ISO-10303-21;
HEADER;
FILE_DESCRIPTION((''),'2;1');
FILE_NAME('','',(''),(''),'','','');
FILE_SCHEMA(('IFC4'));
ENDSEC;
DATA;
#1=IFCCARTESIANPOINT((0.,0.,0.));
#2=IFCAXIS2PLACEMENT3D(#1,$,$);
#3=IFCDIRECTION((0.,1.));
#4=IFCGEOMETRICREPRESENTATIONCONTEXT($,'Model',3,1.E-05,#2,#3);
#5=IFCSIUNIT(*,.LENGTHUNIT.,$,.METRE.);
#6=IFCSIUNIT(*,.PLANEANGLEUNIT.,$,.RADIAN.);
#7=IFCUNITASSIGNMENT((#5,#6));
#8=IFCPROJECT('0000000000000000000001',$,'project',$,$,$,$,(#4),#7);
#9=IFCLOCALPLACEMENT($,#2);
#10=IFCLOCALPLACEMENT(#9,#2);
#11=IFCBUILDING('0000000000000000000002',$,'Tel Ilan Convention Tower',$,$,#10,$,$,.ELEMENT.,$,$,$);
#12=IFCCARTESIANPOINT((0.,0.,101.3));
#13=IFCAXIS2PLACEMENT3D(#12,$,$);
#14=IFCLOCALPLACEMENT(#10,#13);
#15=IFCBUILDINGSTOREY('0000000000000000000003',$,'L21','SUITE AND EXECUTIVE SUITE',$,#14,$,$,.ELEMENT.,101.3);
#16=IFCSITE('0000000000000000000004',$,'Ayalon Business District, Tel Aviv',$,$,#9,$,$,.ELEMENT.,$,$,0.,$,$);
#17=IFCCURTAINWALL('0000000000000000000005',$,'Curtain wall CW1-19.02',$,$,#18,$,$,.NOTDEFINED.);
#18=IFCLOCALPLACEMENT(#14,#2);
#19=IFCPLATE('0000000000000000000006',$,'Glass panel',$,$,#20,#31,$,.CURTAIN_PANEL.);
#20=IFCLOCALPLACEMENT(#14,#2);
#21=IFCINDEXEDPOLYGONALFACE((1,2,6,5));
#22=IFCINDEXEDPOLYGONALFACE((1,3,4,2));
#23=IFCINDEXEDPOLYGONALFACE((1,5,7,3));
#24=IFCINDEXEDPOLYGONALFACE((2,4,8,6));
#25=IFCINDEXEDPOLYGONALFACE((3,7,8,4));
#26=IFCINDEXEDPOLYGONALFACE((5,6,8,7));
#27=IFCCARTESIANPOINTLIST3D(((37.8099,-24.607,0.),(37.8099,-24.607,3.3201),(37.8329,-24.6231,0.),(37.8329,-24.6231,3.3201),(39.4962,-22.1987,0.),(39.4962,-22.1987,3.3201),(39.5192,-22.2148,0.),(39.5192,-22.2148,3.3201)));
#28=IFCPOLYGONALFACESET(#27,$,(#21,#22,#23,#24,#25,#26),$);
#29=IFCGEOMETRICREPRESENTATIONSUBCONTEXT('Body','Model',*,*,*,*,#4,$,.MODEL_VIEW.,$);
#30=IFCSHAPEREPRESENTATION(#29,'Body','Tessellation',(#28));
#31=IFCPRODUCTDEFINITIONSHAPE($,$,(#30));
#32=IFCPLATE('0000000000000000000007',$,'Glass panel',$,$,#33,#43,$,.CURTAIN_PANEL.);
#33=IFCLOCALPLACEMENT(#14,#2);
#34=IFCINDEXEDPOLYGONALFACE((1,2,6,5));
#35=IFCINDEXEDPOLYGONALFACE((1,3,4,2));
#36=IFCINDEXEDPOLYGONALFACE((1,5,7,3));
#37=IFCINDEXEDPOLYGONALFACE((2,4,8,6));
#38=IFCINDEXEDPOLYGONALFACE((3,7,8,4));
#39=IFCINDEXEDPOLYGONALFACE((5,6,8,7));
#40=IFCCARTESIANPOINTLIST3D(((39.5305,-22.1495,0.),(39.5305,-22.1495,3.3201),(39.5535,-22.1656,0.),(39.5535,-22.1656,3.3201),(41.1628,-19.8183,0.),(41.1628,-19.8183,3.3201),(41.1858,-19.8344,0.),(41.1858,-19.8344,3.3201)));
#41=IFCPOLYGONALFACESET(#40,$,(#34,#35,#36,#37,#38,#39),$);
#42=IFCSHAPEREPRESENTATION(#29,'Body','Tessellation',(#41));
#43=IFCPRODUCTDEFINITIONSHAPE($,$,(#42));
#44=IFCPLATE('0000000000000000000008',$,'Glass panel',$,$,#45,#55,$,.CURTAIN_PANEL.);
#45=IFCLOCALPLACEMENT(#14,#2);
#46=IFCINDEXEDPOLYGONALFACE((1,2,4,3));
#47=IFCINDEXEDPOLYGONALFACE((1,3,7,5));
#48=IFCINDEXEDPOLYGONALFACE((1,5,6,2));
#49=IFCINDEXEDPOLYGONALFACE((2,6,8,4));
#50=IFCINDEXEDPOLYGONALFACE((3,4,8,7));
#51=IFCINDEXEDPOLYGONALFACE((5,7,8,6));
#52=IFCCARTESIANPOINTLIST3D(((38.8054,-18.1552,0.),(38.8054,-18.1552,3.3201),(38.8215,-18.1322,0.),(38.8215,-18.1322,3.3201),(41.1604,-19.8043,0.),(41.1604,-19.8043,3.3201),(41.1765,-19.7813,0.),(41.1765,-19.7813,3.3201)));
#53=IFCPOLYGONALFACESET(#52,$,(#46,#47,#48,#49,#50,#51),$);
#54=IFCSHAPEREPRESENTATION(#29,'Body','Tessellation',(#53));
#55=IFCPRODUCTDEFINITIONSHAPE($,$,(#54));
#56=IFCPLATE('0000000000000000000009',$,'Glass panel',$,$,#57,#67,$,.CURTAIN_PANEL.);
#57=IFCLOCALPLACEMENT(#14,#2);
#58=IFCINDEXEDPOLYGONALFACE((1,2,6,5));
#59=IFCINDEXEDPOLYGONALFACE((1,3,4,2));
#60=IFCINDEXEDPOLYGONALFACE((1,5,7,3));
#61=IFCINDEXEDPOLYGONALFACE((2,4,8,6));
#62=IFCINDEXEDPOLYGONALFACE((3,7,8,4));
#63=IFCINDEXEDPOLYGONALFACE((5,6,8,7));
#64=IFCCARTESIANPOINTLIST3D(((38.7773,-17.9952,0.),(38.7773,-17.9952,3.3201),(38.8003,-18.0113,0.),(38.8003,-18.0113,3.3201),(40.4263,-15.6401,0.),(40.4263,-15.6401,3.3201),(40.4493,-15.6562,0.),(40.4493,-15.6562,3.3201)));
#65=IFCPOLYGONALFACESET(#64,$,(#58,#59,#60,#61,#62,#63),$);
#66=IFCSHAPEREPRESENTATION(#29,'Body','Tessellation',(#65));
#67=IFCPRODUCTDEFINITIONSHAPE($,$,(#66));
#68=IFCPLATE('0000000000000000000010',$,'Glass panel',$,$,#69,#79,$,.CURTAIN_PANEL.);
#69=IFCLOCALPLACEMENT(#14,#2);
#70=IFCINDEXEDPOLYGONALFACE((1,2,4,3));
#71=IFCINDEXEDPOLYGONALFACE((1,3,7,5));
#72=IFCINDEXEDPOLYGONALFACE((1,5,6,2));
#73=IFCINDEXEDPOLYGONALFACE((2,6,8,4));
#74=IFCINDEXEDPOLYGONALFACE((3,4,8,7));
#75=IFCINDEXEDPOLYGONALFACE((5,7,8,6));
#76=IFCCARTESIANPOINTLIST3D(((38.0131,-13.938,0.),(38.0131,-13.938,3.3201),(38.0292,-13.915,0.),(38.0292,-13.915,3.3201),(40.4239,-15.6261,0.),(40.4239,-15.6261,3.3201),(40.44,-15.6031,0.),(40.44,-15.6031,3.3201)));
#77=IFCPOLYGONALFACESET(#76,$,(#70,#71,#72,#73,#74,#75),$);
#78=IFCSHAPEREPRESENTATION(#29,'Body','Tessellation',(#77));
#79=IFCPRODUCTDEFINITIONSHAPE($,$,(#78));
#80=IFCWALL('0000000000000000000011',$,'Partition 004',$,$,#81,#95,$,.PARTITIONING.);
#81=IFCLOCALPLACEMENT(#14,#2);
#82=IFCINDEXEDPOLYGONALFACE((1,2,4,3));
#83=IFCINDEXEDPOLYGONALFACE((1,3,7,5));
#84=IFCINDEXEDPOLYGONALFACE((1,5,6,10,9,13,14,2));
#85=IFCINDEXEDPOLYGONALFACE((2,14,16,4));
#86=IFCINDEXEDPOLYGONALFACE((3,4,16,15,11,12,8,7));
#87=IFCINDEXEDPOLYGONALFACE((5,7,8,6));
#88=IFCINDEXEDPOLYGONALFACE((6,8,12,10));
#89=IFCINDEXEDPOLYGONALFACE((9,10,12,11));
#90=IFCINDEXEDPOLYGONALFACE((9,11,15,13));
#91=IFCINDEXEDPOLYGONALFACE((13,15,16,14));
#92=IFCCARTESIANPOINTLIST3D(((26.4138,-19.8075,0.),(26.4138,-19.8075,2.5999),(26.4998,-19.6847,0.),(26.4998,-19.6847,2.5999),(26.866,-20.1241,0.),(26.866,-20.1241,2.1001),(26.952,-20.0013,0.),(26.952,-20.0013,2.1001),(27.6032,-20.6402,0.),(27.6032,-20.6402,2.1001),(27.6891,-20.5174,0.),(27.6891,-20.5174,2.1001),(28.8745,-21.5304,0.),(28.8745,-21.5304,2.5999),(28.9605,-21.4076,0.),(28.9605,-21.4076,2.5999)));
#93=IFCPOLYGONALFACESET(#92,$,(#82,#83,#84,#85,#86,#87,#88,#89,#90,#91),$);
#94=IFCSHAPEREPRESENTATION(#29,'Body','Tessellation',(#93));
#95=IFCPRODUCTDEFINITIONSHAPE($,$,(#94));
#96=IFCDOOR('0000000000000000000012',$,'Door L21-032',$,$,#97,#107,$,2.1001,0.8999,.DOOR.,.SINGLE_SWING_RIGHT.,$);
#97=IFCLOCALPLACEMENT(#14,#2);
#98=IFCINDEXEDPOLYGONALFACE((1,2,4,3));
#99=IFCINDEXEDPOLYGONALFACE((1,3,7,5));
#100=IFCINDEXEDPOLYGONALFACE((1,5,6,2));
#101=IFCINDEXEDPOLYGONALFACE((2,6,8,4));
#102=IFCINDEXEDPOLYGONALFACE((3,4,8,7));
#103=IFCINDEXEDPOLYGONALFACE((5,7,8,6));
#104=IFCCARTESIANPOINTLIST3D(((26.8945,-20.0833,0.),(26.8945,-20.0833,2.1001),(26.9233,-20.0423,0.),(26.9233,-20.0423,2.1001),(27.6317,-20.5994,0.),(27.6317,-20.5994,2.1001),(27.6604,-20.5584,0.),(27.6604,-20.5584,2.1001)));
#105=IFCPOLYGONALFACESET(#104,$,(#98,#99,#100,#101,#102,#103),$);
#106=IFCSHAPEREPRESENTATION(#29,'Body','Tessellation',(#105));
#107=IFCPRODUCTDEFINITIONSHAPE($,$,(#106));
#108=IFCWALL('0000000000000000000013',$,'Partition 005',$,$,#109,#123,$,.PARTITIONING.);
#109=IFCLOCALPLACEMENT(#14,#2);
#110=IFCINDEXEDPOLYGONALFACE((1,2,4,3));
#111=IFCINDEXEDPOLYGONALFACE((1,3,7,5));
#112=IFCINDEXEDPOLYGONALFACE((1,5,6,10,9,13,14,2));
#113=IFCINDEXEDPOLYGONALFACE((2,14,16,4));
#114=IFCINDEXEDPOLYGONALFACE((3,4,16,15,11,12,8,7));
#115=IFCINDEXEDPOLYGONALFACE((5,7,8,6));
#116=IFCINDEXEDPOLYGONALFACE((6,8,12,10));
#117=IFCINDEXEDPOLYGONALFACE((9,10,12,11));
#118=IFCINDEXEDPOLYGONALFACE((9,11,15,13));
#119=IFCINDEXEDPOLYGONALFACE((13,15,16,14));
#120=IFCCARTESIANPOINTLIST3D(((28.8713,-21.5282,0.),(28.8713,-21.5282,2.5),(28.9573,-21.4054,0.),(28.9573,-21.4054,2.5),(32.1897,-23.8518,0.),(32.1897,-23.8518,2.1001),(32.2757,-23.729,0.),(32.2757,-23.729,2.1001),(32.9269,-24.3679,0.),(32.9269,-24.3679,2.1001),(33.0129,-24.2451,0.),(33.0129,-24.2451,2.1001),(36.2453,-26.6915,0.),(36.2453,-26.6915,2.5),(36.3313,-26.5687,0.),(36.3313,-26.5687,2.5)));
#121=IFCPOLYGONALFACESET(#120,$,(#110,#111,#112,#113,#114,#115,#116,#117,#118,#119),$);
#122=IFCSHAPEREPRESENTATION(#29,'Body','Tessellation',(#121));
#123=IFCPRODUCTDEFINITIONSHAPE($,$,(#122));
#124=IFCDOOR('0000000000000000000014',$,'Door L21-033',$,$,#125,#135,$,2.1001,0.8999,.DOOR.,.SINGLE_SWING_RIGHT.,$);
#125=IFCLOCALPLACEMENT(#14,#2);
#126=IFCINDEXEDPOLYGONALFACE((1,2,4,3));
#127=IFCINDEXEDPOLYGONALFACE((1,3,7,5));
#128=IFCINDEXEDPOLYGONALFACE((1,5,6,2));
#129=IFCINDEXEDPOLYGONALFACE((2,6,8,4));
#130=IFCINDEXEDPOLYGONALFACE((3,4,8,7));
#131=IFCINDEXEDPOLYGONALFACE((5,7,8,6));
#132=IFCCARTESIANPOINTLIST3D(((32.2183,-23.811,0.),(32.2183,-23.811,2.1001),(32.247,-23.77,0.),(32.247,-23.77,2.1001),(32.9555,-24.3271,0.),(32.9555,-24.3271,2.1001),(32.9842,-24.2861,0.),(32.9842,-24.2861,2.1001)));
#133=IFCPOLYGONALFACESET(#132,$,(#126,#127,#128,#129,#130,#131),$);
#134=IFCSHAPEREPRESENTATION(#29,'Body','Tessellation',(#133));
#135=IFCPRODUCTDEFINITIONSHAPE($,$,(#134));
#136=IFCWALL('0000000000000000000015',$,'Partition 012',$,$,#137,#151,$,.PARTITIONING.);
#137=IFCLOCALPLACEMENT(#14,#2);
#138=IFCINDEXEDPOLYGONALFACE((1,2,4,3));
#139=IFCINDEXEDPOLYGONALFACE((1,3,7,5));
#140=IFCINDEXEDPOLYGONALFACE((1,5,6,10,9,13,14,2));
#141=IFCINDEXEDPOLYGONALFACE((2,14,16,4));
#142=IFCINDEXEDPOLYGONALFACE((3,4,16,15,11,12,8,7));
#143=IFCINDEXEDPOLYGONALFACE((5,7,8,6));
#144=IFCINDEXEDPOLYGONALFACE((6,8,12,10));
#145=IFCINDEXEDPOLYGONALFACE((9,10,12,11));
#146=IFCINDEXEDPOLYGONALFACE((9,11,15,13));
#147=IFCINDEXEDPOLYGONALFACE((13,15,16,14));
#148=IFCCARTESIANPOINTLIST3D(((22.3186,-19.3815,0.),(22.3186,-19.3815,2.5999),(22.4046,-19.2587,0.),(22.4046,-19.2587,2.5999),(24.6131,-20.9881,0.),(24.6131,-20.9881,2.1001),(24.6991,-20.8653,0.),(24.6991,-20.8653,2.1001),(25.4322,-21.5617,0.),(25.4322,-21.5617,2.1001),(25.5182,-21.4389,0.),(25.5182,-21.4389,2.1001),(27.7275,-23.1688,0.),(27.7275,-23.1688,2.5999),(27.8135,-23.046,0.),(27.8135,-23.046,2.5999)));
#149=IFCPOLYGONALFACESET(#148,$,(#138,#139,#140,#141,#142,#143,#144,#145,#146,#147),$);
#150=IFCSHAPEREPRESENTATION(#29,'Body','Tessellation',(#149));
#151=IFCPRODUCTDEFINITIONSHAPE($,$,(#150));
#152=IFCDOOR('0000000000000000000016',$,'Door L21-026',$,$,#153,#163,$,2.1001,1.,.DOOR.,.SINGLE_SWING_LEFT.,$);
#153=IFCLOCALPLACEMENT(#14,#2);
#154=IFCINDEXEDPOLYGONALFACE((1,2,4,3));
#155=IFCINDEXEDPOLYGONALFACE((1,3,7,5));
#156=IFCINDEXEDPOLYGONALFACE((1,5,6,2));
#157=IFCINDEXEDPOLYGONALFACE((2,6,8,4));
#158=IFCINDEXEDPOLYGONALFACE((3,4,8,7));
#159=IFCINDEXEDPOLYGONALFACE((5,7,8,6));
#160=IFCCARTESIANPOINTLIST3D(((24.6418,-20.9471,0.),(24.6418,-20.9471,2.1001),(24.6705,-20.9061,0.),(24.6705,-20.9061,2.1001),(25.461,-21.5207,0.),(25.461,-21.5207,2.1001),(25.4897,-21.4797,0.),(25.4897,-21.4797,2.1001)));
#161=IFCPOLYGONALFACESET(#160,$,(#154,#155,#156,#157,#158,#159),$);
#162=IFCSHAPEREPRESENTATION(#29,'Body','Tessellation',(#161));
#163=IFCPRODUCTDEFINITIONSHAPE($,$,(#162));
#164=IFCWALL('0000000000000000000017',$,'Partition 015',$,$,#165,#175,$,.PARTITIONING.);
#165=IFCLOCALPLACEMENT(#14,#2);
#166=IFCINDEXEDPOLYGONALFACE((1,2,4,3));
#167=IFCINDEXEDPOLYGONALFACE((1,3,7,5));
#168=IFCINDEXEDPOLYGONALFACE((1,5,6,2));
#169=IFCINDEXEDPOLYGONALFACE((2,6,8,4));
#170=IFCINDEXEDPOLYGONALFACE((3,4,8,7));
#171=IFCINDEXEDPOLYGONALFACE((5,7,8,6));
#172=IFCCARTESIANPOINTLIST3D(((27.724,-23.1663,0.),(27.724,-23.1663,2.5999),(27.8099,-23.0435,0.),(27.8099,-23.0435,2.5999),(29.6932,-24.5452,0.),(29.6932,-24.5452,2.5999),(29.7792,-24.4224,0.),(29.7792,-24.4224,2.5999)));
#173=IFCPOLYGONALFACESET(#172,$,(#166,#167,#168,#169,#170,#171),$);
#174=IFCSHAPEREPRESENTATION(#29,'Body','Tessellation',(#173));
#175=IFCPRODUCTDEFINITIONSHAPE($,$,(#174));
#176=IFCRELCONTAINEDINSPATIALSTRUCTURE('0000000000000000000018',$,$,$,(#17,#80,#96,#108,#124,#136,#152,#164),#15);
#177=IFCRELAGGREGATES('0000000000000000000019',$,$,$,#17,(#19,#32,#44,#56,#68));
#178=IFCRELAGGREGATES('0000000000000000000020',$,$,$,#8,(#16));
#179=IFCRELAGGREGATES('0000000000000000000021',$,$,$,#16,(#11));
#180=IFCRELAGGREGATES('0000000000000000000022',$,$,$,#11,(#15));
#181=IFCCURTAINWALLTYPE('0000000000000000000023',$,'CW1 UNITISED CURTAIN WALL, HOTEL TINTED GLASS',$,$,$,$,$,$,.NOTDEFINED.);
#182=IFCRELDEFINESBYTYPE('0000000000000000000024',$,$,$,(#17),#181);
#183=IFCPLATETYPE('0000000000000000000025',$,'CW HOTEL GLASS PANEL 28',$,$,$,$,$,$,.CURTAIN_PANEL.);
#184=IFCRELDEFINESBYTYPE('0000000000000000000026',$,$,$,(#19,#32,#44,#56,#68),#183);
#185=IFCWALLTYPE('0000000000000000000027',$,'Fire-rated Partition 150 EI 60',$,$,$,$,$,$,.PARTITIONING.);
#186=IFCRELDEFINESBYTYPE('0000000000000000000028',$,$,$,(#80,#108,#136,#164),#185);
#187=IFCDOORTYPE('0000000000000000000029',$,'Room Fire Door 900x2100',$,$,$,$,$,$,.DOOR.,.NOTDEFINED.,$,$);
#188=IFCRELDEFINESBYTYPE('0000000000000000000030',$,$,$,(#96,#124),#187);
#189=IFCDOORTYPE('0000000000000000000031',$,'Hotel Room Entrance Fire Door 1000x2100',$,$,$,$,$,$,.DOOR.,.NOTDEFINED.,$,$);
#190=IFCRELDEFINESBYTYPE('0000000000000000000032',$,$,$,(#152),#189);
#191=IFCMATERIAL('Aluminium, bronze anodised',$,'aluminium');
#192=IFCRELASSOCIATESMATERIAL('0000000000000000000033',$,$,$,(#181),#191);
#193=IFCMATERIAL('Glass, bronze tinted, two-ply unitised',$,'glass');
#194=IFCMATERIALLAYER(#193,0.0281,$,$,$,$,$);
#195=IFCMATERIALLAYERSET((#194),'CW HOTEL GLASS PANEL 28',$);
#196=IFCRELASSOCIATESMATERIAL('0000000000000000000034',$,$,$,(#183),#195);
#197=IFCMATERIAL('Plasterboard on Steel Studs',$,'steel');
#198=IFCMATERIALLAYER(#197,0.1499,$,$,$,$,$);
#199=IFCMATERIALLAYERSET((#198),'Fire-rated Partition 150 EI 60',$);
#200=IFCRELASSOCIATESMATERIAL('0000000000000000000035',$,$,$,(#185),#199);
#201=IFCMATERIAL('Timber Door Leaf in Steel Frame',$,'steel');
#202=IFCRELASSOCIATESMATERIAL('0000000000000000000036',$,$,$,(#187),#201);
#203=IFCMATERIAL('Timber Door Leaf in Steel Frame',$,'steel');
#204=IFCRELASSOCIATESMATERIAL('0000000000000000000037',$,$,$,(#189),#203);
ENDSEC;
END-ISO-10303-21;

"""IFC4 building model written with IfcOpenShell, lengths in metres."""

from ifc_helpers import new_model, si_unit, direction, frame, frame_2d, origin, origin_2d, place, context, subcontext, project, spatial, rectangle, extrude, material, layer, layer_set, type_object, element, fill, aggregate, save


model = new_model("IFC4")

# Units and contexts
model_context = context("Model", 3, precision=1e-05, world=origin(), true_north=direction((0.0, 1.0)))
body_context = subcontext(model_context, "Body", "Model", "MODEL_VIEW")
ifc_project = project(units=[si_unit("LENGTHUNIT", "METRE"), si_unit("PLANEANGLEUNIT", "RADIAN")], contexts=[model_context])

# Site, building, storey
site_placement = place(None, origin())
site = spatial("IfcSite", under=ifc_project, at=site_placement, Name="Ayalon Business District, Tel Aviv", CompositionType="ELEMENT", RefElevation=0.0)
building_placement = place(site_placement, origin())
building = spatial("IfcBuilding", under=site, at=building_placement, Name="Tel Ilan Convention Tower", CompositionType="ELEMENT")
storey_placement = place(building_placement, frame((0.0, 0.0, 101.3)))
storey = spatial("IfcBuildingStorey", under=building, at=storey_placement, Name="L21", Description="SUITE AND EXECUTIVE SUITE", CompositionType="ELEMENT", Elevation=101.3)

# Curtain wall, plates
ifc_material_1 = material(Name="Aluminium, bronze anodised", Category="aluminium")
curtain_wall_type = type_object("IfcCurtainWallType", Name="CW1 UNITISED CURTAIN WALL, HOTEL TINTED GLASS", PredefinedType="NOTDEFINED", material=ifc_material_1)
curtain_wall_placement = place(storey_placement, origin())
curtain_wall = element("IfcCurtainWall", 1, at=curtain_wall_placement, inside=storey, type_object=curtain_wall_type, Name="Curtain wall CW1-19.02", PredefinedType="NOTDEFINED")
ifc_material_2 = material(Name="Glass, bronze tinted, two-ply unitised", Category="glass")
ifc_layer_1 = layer(ifc_material_2, 0.0281)
ifc_layer_set_1 = layer_set([ifc_layer_1], Name="CW HOTEL GLASS PANEL 28")
plate_type = type_object("IfcPlateType", Name="CW HOTEL GLASS PANEL 28", PredefinedType="CURTAIN_PANEL", material=ifc_layer_set_1)
plate_1_placement = place(storey_placement, frame((38.6646, -23.4109, 0.0), z_axis=(0.0, 0.0, 1.0), x_axis=(0.573576, 0.819152, 0.0)))
plate_1 = element("IfcPlate", 2, at=plate_1_placement, type_object=plate_type, Name="Glass panel", PredefinedType="CURTAIN_PANEL", context=body_context, shape_type="SweptSolid", body=[
    extrude(rectangle(XDim=2.9399, YDim=0.0281, at=origin_2d()), origin(), (0.0, 0.0, 1.0), 3.3201),
])
plate_2_placement = place(storey_placement, frame((40.3582, -20.9919, 0.0), z_axis=(0.0, 0.0, 1.0), x_axis=(0.573576, 0.819152, 0.0)))
plate_2 = element("IfcPlate", 3, at=plate_2_placement, type_object=plate_type, Name="Glass panel", PredefinedType="CURTAIN_PANEL", context=body_context, shape_type="SweptSolid", body=[
    extrude(rectangle(XDim=2.8459, YDim=0.0281, at=origin_2d()), origin(), (0.0, 0.0, 1.0), 3.3201),
])
plate_3_placement = place(storey_placement, frame((39.991, -18.9683, 0.0), z_axis=(0.0, 0.0, 1.0), x_axis=(-0.819152, 0.573576, 0.0)))
plate_3 = element("IfcPlate", 4, at=plate_3_placement, type_object=plate_type, Name="Glass panel", PredefinedType="CURTAIN_PANEL", context=body_context, shape_type="SweptSolid", body=[
    extrude(rectangle(XDim=2.875, YDim=0.0281, at=origin_2d()), origin(), (0.0, 0.0, 1.0), 3.3201),
])
plate_4_placement = place(storey_placement, frame((39.6133, -16.8257, 0.0), z_axis=(0.0, 0.0, 1.0), x_axis=(0.573576, 0.819152, 0.0)))
plate_4 = element("IfcPlate", 5, at=plate_4_placement, type_object=plate_type, Name="Glass panel", PredefinedType="CURTAIN_PANEL", context=body_context, shape_type="SweptSolid", body=[
    extrude(rectangle(XDim=2.875, YDim=0.0281, at=origin_2d()), origin(), (0.0, 0.0, 1.0), 3.3201),
])
plate_5_placement = place(storey_placement, frame((39.2266, -14.7705, 0.0), z_axis=(0.0, 0.0, 1.0), x_axis=(-0.819152, 0.573576, 0.0)))
plate_5 = element("IfcPlate", 6, at=plate_5_placement, type_object=plate_type, Name="Glass panel", PredefinedType="CURTAIN_PANEL", context=body_context, shape_type="SweptSolid", body=[
    extrude(rectangle(XDim=2.9431, YDim=0.0281, at=origin_2d()), origin(), (0.0, 0.0, 1.0), 3.3201),
])
aggregate(curtain_wall, [plate_1, plate_2, plate_3, plate_4, plate_5])

# Walls, openings, doors
ifc_material_3 = material(Name="Plasterboard on Steel Studs", Category="steel")
ifc_layer_2 = layer(ifc_material_3, 0.1499)
ifc_layer_set_2 = layer_set([ifc_layer_2], Name="Fire-rated Partition 150 EI 60")
wall_type_1 = type_object("IfcWallType", Name="Fire-rated Partition 150 EI 60", PredefinedType="PARTITIONING", material=ifc_layer_set_2)
wall_1_placement = place(storey_placement, frame((26.4568, -19.7461, 0.0), z_axis=(0.0, 0.0, 1.0), x_axis=(0.819167, -0.573555, 0.0)))
wall_1 = element("IfcWall", 7, at=wall_1_placement, inside=storey, type_object=wall_type_1, Name="Partition 004", PredefinedType="PARTITIONING", context=body_context, shape_type="SweptSolid", body=[
    extrude(rectangle(XDim=3.0039, YDim=0.1499, at=frame_2d((1.502, 0.0))), origin(), (0.0, 0.0, 1.0), 2.5999),
])
opening_1_placement = place(wall_1_placement, frame((0.552, 0.0, 0.0)))
opening_1 = element("IfcOpeningElement", 8, at=opening_1_placement, cuts=wall_1, PredefinedType="OPENING", context=body_context, shape_type="SweptSolid", body=[
    extrude(rectangle(XDim=0.8999, YDim=2.1001, at=frame_2d((0.45, 1.05))), frame((0.0, 0.085, 0.0), z_axis=(0.0, -1.0, 0.0), x_axis=(1.0, 0.0, 0.0)), (0.0, 0.0, 1.0), 0.1699),
])
ifc_material_4 = material(Name="Timber Door Leaf in Steel Frame", Category="steel")
door_type_1 = type_object("IfcDoorType", Name="Room Fire Door 900x2100", OperationType="NOTDEFINED", PredefinedType="DOOR", material=ifc_material_4)
door_1_placement = place(opening_1_placement, origin())
door_1 = element("IfcDoor", 9, at=door_1_placement, inside=storey, type_object=door_type_1, Name="Door L21-032", OperationType="SINGLE_SWING_RIGHT", OverallHeight=2.1001, OverallWidth=0.8999, PredefinedType="DOOR", context=body_context, shape_type="SweptSolid", body=[
    extrude(rectangle(XDim=0.8999, YDim=2.1001, at=frame_2d((0.45, 1.05))), frame((0.0, 0.0249, 0.0), z_axis=(0.0, -1.0, 0.0), x_axis=(1.0, 0.0, 0.0)), (0.0, 0.0, 1.0), 0.05),
])
fill(opening_1, door_1)
wall_2_placement = place(storey_placement, frame((28.9143, -21.4668, 0.0), z_axis=(0.0, 0.0, 1.0), x_axis=(0.819153, -0.573575, 0.0)))
wall_2 = element("IfcWall", 10, at=wall_2_placement, inside=storey, type_object=wall_type_1, Name="Partition 005", PredefinedType="PARTITIONING", context=body_context, shape_type="SweptSolid", body=[
    extrude(rectangle(XDim=9.002, YDim=0.1499, at=frame_2d((4.501, 0.0))), origin(), (0.0, 0.0, 1.0), 2.5),
])
opening_2_placement = place(wall_2_placement, frame((4.051, 0.0, 0.0)))
opening_2 = element("IfcOpeningElement", 11, at=opening_2_placement, cuts=wall_2, PredefinedType="OPENING", context=body_context, shape_type="SweptSolid", body=[
    extrude(rectangle(XDim=0.8999, YDim=2.1001, at=frame_2d((0.45, 1.05))), frame((0.0, 0.085, 0.0), z_axis=(0.0, -1.0, 0.0), x_axis=(1.0, 0.0, 0.0)), (0.0, 0.0, 1.0), 0.1699),
])
door_2_placement = place(opening_2_placement, origin())
door_2 = element("IfcDoor", 12, at=door_2_placement, inside=storey, type_object=door_type_1, Name="Door L21-033", OperationType="SINGLE_SWING_RIGHT", OverallHeight=2.1001, OverallWidth=0.8999, PredefinedType="DOOR", context=body_context, shape_type="SweptSolid", body=[
    extrude(rectangle(XDim=0.8999, YDim=2.1001, at=frame_2d((0.45, 1.05))), frame((0.0, 0.0249, 0.0), z_axis=(0.0, -1.0, 0.0), x_axis=(1.0, 0.0, 0.0)), (0.0, 0.0, 1.0), 0.05),
])
fill(opening_2, door_2)
wall_3_placement = place(storey_placement, frame((27.7705, -23.1074, 0.0), z_axis=(0.0, 0.0, 1.0), x_axis=(-0.819154, 0.573574, 0.0)))
wall_3 = element("IfcWall", 13, at=wall_3_placement, inside=storey, type_object=wall_type_1, Name="Partition 012", PredefinedType="PARTITIONING", context=body_context, shape_type="SweptSolid", body=[
    extrude(rectangle(XDim=6.603, YDim=0.1499, at=frame_2d((3.3015, 0.0))), origin(), (0.0, 0.0, 1.0), 2.5999),
])
opening_3_placement = place(wall_3_placement, frame((2.802, 0.0, 0.0)))
opening_3 = element("IfcOpeningElement", 14, at=opening_3_placement, cuts=wall_3, PredefinedType="OPENING", context=body_context, shape_type="SweptSolid", body=[
    extrude(rectangle(XDim=1.0, YDim=2.1001, at=frame_2d((0.5, 1.05))), frame((0.0, 0.085, 0.0), z_axis=(0.0, -1.0, 0.0), x_axis=(1.0, 0.0, 0.0)), (0.0, 0.0, 1.0), 0.1699),
])
ifc_material_5 = material(Name="Timber Door Leaf in Steel Frame", Category="steel")
door_type_2 = type_object("IfcDoorType", Name="Hotel Room Entrance Fire Door 1000x2100", OperationType="NOTDEFINED", PredefinedType="DOOR", material=ifc_material_5)
door_3_placement = place(opening_3_placement, origin())
door_3 = element("IfcDoor", 15, at=door_3_placement, inside=storey, type_object=door_type_2, Name="Door L21-026", OperationType="SINGLE_SWING_LEFT", OverallHeight=2.1001, OverallWidth=1.0, PredefinedType="DOOR", context=body_context, shape_type="SweptSolid", body=[
    extrude(rectangle(XDim=1.0, YDim=2.1001, at=frame_2d((0.5, 1.05))), frame((0.0, 0.0249, 0.0), z_axis=(0.0, -1.0, 0.0), x_axis=(1.0, 0.0, 0.0)), (0.0, 0.0, 1.0), 0.05),
])
fill(opening_3, door_3)

# Wall
wall_4_placement = place(storey_placement, frame((29.7363, -24.4839, 0.0), z_axis=(0.0, 0.0, 1.0), x_axis=(-0.819146, 0.573585, 0.0)))
element("IfcWall", 16, at=wall_4_placement, inside=storey, type_object=wall_type_1, Name="Partition 015", PredefinedType="PARTITIONING", context=body_context, shape_type="SweptSolid", body=[
    extrude(rectangle(XDim=2.4041, YDim=0.1499, at=frame_2d((1.2021, 0.0))), origin(), (0.0, 0.0, 1.0), 2.5999),
])

save(model, "model.ifc")
